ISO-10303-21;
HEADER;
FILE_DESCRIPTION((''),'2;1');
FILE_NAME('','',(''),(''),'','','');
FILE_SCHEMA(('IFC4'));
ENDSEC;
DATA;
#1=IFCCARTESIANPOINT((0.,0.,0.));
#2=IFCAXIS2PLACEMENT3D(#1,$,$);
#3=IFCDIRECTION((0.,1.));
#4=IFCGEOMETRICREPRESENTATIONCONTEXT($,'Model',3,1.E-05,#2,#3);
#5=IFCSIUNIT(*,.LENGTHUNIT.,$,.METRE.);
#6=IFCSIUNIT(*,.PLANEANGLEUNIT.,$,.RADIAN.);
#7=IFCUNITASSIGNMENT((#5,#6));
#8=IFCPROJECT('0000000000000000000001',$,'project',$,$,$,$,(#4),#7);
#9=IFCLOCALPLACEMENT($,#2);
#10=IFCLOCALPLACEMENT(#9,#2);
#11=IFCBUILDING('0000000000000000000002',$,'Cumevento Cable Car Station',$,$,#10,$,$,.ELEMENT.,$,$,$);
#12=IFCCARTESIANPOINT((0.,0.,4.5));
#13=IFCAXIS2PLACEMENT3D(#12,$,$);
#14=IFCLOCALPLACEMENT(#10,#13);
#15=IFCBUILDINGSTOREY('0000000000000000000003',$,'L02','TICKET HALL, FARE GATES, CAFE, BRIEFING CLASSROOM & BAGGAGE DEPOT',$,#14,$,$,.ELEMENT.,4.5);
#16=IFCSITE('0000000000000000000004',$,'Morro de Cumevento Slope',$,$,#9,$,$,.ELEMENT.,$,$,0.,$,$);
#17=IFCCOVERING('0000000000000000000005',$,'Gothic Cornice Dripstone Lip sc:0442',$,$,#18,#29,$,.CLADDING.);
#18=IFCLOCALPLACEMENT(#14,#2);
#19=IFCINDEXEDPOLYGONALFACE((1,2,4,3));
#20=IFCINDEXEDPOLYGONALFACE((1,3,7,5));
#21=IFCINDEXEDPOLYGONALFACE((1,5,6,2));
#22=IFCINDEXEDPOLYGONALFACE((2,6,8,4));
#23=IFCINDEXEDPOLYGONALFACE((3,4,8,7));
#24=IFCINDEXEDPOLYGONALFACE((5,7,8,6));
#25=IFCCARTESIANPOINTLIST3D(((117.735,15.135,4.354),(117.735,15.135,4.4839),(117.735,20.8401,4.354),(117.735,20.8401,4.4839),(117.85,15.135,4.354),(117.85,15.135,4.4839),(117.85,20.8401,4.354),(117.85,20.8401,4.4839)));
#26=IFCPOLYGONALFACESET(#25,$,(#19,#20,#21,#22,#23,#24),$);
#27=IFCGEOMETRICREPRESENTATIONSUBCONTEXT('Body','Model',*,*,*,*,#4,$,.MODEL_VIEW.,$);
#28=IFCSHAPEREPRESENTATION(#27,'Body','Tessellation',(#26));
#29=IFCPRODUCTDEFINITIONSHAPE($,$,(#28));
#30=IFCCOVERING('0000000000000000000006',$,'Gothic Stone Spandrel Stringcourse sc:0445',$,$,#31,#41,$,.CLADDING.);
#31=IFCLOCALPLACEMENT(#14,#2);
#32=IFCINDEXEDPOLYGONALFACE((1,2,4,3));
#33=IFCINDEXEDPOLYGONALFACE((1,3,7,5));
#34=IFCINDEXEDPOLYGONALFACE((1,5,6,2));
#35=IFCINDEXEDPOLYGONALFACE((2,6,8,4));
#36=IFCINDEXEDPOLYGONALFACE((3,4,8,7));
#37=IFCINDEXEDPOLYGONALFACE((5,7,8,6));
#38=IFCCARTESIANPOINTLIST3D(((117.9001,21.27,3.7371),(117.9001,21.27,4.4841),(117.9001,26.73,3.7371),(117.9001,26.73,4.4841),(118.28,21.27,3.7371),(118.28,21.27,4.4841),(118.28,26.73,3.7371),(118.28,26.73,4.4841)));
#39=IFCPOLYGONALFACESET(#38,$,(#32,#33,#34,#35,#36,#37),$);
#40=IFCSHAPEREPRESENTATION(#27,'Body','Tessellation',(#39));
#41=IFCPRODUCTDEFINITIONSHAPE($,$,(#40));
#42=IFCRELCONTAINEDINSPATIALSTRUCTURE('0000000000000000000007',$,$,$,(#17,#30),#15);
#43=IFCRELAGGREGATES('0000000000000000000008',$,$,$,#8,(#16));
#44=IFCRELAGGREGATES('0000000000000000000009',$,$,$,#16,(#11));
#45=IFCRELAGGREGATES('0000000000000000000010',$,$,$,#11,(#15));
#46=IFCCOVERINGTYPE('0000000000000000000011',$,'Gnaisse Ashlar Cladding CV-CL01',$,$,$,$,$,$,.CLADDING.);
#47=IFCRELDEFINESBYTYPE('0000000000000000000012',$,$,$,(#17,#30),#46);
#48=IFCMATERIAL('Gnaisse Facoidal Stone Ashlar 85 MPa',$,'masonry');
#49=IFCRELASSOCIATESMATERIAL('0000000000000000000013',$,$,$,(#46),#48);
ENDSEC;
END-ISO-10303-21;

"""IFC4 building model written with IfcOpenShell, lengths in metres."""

from ifc_helpers import new_model, si_unit, direction, frame, origin, origin_2d, place, context, subcontext, project, spatial, rectangle, extrude, material, type_object, element, save


model = new_model("IFC4")

# Units and contexts
model_context = context("Model", 3, precision=1e-05, world=origin(), true_north=direction((0.0, 1.0)))
body_context = subcontext(model_context, "Body", "Model", "MODEL_VIEW")
ifc_project = project(units=[si_unit("LENGTHUNIT", "METRE"), si_unit("PLANEANGLEUNIT", "RADIAN")], contexts=[model_context])

# Site, building, storey
site_placement = place(None, origin())
site = spatial("IfcSite", under=ifc_project, at=site_placement, Name="Morro de Cumevento Slope", CompositionType="ELEMENT", RefElevation=0.0)
building_placement = place(site_placement, origin())
building = spatial("IfcBuilding", under=site, at=building_placement, Name="Cumevento Cable Car Station", CompositionType="ELEMENT")
storey_placement = place(building_placement, frame((0.0, 0.0, 4.5)))
storey = spatial("IfcBuildingStorey", under=building, at=storey_placement, Name="L02", Description="TICKET HALL, FARE GATES, CAFE, BRIEFING CLASSROOM & BAGGAGE DEPOT", CompositionType="ELEMENT", Elevation=4.5)

# Coverings
ifc_material_1 = material(Name="Gnaisse Facoidal Stone Ashlar 85 MPa", Category="masonry")
covering_type = type_object("IfcCoveringType", Name="Gnaisse Ashlar Cladding CV-CL01", PredefinedType="CLADDING", material=ifc_material_1)
covering_1_placement = place(storey_placement, frame((117.7925, 17.9875, 4.354), z_axis=(0.0, 0.0, 1.0), x_axis=(0.0, 1.0, 0.0)))
element("IfcCovering", 1, at=covering_1_placement, inside=storey, type_object=covering_type, Name="Gothic Cornice Dripstone Lip sc:0442", PredefinedType="CLADDING", context=body_context, shape_type="SweptSolid", body=[
    extrude(rectangle(XDim=5.7051, YDim=0.115, at=origin_2d()), origin(), (0.0, 0.0, 1.0), 0.1299),
])
covering_2_placement = place(storey_placement, frame((118.0901, 24.0, 3.7371), z_axis=(0.0, 0.0, 1.0), x_axis=(0.0, 1.0, 0.0)))
element("IfcCovering", 2, at=covering_2_placement, inside=storey, type_object=covering_type, Name="Gothic Stone Spandrel Stringcourse sc:0445", PredefinedType="CLADDING", context=body_context, shape_type="SweptSolid", body=[
    extrude(rectangle(XDim=5.46, YDim=0.3799, at=origin_2d()), origin(), (0.0, 0.0, 1.0), 0.7471),
])

save(model, "model.ifc")
